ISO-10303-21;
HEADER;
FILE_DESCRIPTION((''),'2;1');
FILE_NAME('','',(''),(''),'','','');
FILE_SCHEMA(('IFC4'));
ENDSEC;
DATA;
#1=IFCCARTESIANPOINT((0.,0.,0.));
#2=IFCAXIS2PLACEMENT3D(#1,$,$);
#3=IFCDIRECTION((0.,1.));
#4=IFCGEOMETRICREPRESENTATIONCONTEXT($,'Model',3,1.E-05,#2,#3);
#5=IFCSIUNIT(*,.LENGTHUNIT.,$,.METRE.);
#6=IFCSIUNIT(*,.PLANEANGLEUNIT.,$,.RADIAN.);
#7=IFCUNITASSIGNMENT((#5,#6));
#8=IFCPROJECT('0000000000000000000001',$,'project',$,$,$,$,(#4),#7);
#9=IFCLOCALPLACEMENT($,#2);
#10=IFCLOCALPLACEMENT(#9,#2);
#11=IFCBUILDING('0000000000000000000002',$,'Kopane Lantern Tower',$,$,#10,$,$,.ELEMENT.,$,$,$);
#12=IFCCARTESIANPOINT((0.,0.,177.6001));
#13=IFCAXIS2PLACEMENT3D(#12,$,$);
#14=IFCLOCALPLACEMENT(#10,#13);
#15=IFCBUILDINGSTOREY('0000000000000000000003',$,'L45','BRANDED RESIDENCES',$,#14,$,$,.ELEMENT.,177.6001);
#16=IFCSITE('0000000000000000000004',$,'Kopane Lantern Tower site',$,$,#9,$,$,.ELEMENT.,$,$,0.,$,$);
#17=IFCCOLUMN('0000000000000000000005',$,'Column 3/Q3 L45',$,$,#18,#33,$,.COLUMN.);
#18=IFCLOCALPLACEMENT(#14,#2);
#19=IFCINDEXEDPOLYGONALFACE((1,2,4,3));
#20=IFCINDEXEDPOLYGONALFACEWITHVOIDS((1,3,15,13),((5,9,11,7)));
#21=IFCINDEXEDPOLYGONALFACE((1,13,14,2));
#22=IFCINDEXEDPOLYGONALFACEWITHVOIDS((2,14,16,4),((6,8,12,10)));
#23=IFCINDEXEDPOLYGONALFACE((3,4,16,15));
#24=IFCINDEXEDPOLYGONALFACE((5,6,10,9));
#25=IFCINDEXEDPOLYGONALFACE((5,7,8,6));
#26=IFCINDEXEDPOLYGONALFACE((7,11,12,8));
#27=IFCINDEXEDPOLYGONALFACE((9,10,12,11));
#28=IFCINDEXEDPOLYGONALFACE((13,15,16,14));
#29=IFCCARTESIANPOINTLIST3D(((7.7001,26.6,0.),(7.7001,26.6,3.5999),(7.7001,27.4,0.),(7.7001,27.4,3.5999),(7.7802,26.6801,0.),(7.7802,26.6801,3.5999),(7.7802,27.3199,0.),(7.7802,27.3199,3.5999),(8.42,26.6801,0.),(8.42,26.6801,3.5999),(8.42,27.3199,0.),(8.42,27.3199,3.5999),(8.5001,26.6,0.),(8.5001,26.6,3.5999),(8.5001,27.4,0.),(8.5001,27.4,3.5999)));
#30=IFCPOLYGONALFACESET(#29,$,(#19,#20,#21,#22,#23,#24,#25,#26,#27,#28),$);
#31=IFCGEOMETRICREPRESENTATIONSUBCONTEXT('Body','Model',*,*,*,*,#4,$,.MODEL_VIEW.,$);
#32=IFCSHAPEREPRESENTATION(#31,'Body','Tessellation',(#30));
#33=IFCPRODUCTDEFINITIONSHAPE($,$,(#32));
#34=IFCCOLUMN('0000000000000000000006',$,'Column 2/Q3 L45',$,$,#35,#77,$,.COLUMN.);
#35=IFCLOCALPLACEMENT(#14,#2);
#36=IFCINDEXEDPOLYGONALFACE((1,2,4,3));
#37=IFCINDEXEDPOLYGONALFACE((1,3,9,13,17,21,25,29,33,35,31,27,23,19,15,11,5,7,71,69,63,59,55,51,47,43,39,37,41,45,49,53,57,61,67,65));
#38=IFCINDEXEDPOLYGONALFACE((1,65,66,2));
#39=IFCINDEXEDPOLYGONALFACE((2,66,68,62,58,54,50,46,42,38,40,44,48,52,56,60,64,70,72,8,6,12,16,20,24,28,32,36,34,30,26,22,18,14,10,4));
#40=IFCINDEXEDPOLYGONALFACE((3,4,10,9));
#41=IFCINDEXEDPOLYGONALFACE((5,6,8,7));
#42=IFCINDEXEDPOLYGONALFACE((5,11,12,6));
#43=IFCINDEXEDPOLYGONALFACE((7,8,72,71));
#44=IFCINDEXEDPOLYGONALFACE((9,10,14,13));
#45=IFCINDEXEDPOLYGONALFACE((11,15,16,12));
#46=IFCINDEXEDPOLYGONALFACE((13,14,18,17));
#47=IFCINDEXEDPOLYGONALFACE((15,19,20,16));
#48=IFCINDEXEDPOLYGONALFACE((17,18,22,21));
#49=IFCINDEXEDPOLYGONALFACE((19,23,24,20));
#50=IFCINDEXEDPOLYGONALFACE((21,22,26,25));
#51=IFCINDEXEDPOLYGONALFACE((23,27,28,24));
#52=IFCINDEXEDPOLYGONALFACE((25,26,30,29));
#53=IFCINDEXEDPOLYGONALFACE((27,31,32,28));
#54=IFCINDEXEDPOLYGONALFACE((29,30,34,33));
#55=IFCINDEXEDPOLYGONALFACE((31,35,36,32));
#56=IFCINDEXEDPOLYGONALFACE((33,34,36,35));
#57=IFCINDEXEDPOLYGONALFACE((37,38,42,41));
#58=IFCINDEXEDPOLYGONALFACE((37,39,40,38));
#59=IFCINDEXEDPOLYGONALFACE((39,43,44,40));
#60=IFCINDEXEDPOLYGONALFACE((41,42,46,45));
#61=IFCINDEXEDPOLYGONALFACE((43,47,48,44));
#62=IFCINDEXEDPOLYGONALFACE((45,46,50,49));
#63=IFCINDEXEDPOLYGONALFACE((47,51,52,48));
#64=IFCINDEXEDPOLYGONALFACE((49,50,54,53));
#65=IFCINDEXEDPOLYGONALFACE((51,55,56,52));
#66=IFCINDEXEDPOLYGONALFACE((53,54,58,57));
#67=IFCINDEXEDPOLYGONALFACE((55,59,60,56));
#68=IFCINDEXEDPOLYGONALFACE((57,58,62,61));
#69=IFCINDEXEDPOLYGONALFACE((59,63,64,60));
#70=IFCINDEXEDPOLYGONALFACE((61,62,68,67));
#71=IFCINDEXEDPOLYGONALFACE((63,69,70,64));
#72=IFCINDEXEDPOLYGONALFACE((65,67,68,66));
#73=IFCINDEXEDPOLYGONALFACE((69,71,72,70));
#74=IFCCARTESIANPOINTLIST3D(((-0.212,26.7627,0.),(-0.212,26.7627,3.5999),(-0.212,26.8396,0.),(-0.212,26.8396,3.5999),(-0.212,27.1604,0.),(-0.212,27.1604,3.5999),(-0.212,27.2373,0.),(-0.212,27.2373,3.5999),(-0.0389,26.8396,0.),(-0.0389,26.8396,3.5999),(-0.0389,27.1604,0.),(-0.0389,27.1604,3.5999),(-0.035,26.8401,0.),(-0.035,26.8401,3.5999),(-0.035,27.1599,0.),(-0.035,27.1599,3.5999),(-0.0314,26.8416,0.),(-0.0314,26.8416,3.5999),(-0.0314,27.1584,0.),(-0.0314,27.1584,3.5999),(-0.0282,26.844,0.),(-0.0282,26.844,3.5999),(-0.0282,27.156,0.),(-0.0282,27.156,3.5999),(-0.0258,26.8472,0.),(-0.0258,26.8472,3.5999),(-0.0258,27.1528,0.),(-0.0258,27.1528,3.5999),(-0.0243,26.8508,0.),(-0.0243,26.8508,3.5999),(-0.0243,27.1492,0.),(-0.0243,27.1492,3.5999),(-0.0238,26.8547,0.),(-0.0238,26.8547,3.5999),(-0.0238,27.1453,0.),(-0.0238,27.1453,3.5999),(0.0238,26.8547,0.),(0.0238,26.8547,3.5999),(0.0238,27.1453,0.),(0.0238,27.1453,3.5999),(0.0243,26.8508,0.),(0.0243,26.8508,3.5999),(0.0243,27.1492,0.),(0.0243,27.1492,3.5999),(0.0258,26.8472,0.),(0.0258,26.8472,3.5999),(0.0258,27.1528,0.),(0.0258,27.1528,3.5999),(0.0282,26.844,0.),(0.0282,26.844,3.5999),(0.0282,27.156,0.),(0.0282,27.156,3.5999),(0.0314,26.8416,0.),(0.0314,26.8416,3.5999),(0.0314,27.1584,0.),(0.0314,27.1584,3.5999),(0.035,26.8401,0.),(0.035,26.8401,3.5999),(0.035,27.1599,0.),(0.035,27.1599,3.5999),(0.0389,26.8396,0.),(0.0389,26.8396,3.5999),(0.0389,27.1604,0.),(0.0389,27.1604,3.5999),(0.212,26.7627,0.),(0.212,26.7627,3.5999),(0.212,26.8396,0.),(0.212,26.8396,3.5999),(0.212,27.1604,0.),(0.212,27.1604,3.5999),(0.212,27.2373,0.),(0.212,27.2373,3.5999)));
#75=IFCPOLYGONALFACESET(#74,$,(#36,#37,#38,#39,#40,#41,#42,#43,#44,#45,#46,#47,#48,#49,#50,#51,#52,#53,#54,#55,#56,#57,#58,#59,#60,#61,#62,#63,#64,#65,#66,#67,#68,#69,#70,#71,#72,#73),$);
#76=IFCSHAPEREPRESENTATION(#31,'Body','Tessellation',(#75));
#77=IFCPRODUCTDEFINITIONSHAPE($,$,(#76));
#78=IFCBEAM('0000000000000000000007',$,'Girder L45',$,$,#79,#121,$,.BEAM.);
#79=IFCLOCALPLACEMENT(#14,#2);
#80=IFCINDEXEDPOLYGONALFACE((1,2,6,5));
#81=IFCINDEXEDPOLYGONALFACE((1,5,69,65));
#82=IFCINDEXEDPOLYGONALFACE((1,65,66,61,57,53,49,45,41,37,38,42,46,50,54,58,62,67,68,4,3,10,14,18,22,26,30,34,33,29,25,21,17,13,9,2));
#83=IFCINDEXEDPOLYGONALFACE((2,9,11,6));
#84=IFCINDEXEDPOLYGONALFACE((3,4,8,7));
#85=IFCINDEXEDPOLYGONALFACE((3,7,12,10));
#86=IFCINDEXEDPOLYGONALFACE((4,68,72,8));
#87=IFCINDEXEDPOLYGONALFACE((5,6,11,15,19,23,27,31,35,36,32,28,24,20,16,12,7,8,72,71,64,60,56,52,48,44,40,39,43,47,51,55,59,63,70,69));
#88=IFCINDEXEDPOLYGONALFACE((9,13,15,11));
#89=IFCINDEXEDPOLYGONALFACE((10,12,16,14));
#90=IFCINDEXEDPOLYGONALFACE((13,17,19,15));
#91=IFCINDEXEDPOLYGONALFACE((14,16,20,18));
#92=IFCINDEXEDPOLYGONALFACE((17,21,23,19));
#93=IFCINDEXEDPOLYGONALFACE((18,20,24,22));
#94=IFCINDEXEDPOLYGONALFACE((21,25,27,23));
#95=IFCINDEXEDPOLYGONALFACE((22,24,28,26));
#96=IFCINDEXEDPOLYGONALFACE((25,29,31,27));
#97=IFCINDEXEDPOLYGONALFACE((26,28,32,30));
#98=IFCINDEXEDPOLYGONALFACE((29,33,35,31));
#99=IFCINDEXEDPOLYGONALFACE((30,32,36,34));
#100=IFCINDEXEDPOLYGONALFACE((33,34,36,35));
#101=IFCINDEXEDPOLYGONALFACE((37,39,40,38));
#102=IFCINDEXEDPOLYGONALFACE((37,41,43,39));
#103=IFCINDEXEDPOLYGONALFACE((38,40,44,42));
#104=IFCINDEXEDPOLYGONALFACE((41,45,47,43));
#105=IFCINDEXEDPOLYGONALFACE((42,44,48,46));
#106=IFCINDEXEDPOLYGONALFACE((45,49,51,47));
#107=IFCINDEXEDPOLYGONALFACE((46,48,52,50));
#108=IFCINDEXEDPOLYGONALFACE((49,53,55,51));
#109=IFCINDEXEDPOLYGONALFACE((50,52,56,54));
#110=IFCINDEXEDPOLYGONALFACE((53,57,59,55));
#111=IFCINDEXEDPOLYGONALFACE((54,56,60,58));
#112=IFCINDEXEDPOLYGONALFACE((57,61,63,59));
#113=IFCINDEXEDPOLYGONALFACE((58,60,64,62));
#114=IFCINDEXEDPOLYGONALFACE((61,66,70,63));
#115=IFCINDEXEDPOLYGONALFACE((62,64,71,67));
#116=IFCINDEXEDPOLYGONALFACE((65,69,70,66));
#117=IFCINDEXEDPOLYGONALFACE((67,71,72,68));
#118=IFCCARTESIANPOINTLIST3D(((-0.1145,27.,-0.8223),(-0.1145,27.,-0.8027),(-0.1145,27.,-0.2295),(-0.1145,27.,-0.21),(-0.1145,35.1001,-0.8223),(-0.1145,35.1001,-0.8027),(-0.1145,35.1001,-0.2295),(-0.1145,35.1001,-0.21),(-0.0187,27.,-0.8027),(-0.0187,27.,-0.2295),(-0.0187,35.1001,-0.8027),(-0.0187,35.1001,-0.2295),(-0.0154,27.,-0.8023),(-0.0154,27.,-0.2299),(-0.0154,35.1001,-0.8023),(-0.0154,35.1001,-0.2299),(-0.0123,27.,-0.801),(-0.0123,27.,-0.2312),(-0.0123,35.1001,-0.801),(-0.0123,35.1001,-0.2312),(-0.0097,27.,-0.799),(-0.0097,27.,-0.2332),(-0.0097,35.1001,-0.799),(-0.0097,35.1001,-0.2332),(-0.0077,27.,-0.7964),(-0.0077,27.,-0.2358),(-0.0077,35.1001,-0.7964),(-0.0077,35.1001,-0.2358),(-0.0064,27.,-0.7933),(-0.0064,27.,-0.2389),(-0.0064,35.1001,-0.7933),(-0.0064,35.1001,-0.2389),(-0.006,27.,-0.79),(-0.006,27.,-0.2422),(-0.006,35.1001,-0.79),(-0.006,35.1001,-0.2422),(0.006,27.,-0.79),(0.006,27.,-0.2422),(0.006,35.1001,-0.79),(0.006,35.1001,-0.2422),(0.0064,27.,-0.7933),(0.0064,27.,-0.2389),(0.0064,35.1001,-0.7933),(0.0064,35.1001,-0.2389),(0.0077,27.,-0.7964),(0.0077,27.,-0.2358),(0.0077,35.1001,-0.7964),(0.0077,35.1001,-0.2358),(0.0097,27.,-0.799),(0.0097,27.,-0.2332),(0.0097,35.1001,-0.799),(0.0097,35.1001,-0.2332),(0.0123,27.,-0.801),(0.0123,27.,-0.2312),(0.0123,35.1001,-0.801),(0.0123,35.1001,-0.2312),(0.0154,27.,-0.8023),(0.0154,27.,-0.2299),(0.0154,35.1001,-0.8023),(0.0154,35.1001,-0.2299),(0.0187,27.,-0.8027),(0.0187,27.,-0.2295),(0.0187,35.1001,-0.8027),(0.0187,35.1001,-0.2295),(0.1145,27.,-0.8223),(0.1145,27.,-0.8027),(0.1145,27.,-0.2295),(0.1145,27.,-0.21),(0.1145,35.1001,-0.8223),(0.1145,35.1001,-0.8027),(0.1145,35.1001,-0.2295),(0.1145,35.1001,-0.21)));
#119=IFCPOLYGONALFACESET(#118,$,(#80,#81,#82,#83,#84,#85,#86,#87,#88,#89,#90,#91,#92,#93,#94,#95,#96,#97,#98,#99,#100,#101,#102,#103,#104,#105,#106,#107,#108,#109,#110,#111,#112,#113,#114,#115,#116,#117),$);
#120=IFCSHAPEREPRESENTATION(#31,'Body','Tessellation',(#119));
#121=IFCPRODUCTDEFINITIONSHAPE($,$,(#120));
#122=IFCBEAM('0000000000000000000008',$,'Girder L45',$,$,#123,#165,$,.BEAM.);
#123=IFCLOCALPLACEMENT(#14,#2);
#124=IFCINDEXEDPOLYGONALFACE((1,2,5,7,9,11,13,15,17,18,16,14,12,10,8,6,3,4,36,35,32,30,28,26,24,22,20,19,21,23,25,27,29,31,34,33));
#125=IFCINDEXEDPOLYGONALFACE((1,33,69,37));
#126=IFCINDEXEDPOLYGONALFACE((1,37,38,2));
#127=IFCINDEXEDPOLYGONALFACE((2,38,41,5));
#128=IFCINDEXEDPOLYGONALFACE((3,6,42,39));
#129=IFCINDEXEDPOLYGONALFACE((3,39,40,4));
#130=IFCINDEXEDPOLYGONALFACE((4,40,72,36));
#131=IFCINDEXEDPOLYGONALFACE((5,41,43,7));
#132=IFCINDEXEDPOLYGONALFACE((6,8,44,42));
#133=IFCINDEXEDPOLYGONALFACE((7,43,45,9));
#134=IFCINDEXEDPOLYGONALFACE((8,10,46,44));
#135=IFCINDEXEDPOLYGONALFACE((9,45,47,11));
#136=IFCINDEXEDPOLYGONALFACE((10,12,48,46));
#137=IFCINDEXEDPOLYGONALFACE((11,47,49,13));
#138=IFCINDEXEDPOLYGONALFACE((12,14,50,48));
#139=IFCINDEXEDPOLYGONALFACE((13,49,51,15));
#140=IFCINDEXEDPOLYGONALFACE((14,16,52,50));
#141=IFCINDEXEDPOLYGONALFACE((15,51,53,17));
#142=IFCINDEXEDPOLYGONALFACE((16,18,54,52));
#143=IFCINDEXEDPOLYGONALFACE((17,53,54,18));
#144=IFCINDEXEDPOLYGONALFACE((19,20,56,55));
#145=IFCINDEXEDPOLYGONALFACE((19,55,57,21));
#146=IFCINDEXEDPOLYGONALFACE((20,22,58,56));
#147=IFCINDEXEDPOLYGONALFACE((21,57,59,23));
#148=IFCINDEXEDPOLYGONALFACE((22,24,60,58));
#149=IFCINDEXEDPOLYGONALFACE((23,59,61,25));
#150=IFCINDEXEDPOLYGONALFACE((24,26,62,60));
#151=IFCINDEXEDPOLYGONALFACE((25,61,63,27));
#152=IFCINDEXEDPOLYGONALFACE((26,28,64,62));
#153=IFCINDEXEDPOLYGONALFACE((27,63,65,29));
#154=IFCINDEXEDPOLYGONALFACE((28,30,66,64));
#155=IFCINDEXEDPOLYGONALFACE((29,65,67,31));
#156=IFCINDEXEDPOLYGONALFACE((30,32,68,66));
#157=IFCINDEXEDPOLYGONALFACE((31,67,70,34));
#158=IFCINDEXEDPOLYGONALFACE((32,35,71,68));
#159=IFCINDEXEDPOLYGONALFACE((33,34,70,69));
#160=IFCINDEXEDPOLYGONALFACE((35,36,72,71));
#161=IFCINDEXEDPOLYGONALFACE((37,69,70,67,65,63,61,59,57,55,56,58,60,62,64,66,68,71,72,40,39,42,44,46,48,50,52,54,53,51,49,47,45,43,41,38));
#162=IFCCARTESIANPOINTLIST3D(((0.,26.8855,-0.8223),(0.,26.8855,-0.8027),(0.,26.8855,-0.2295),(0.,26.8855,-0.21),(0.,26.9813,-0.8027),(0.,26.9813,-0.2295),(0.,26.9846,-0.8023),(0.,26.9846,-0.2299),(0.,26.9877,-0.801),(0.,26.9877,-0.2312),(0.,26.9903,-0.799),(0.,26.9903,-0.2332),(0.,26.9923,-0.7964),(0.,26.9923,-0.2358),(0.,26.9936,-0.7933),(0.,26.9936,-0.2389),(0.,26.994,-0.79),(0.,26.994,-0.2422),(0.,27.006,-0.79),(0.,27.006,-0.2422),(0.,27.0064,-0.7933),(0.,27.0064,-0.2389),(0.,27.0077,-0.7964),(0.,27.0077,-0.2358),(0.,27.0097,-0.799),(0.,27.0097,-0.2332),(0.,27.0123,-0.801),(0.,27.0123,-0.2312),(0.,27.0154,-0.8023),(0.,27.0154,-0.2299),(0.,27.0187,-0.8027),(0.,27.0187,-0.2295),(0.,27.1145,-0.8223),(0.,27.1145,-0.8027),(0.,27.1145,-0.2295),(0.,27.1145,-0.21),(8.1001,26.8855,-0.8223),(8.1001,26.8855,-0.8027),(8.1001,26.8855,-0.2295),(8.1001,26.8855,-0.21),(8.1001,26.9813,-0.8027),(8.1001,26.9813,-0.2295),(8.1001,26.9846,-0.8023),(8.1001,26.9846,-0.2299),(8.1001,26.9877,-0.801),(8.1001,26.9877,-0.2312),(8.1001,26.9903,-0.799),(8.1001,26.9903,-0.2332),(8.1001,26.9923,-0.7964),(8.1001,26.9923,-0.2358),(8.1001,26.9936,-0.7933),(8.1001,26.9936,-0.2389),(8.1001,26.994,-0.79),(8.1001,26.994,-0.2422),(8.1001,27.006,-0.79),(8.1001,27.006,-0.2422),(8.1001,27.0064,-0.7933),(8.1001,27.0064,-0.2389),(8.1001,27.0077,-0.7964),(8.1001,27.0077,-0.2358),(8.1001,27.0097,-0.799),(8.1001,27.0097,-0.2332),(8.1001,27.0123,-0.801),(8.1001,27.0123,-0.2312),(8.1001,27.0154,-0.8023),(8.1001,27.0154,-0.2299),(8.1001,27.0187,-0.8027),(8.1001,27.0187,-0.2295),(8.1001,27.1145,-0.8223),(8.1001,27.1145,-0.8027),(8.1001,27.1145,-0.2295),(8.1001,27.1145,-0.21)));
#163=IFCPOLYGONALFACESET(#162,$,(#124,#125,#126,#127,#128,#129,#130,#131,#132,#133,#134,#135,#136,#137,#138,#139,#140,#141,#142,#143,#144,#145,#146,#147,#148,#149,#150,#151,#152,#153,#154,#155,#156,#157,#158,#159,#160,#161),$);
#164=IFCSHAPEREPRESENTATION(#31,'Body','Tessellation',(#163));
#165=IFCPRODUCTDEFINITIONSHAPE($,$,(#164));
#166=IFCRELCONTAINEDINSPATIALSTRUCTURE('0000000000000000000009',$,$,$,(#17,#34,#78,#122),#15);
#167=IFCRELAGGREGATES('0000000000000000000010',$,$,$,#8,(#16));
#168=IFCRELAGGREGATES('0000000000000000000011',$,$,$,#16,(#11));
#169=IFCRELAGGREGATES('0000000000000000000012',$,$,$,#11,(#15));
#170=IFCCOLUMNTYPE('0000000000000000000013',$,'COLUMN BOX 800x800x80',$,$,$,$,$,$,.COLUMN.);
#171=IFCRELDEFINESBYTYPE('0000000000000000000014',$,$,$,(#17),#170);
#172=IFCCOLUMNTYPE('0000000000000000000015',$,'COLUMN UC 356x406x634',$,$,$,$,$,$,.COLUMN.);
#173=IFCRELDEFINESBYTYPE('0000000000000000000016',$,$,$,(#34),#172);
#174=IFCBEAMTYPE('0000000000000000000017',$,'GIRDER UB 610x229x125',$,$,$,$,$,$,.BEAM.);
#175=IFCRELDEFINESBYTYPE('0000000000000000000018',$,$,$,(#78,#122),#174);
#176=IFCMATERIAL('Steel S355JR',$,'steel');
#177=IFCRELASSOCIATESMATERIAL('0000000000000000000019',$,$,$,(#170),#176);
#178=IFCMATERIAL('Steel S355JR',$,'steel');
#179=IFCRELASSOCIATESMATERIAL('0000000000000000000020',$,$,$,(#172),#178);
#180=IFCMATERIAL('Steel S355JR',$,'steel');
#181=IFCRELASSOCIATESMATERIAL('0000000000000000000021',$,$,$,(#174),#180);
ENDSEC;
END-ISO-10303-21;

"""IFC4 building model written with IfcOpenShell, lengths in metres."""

from ifc_helpers import new_model, si_unit, direction, frame, origin, origin_2d, place, context, subcontext, project, spatial, hollow_rectangle, i_section, extrude, material, material_profile, profile_set, type_object, element, save


model = new_model("IFC4")

# Units and contexts
model_context = context("Model", 3, precision=1e-05, world=origin(), true_north=direction((0.0, 1.0)))
body_context = subcontext(model_context, "Body", "Model", "MODEL_VIEW")
ifc_project = project(units=[si_unit("LENGTHUNIT", "METRE"), si_unit("PLANEANGLEUNIT", "RADIAN")], contexts=[model_context])

# Site, building, storey
site_placement = place(None, origin())
site = spatial("IfcSite", under=ifc_project, at=site_placement, Name="Kopane Lantern Tower site", CompositionType="ELEMENT", RefElevation=0.0)
building_placement = place(site_placement, origin())
building = spatial("IfcBuilding", under=site, at=building_placement, Name="Kopane Lantern Tower", CompositionType="ELEMENT")
storey_placement = place(building_placement, frame((0.0, 0.0, 177.6001)))
storey = spatial("IfcBuildingStorey", under=building, at=storey_placement, Name="L45", Description="BRANDED RESIDENCES", CompositionType="ELEMENT", Elevation=177.6001)

# Columns
ifc_material_1 = material(Name="Steel S355JR", Category="steel")
ifc_material_profile_1 = material_profile(ifc_material_1, hollow_rectangle(XDim=0.8, YDim=0.8, WallThickness=0.0801, at=origin_2d()), Name="BOX 800x800x80")
ifc_profile_set_1 = profile_set([ifc_material_profile_1], Name="Steel S355JR")
column_type_1 = type_object("IfcColumnType", Name="COLUMN BOX 800x800x80", PredefinedType="COLUMN", material=ifc_profile_set_1)
column_1_placement = place(storey_placement, frame((8.1001, 27.0, 0.0), z_axis=(0.0, 0.0, 1.0), x_axis=(1.0, 0.0, 0.0)))
element("IfcColumn", 1, at=column_1_placement, inside=storey, type_object=column_type_1, Name="Column 3/Q3 L45", PredefinedType="COLUMN", context=body_context, shape_type="SweptSolid", body=[
    extrude(hollow_rectangle(XDim=0.8, YDim=0.8, WallThickness=0.0801, at=origin_2d()), origin(), (0.0, 0.0, 1.0), 3.5999),
])
ifc_material_2 = material(Name="Steel S355JR", Category="steel")
ifc_material_profile_2 = material_profile(ifc_material_2, i_section(OverallWidth=0.4241, OverallDepth=0.4746, WebThickness=0.0476, FlangeThickness=0.0769, FilletRadius=0.0151, at=origin_2d()), Name="UC 356x406x634")
ifc_profile_set_2 = profile_set([ifc_material_profile_2], Name="Steel S355JR")
column_type_2 = type_object("IfcColumnType", Name="COLUMN UC 356x406x634", PredefinedType="COLUMN", material=ifc_profile_set_2)
column_2_placement = place(storey_placement, frame((0.0, 27.0, 0.0), z_axis=(0.0, 0.0, 1.0), x_axis=(1.0, 0.0, 0.0)))
element("IfcColumn", 2, at=column_2_placement, inside=storey, type_object=column_type_2, Name="Column 2/Q3 L45", PredefinedType="COLUMN", context=body_context, shape_type="SweptSolid", body=[
    extrude(i_section(OverallWidth=0.4241, OverallDepth=0.4746, WebThickness=0.0476, FlangeThickness=0.0769, FilletRadius=0.0151, at=origin_2d()), origin(), (0.0, 0.0, 1.0), 3.5999),
])

# Beams
ifc_material_3 = material(Name="Steel S355JR", Category="steel")
ifc_material_profile_3 = material_profile(ifc_material_3, i_section(OverallWidth=0.229, OverallDepth=0.6123, WebThickness=0.012, FlangeThickness=0.0195, FilletRadius=0.0127, at=origin_2d()), Name="UB 610x229x125")
ifc_profile_set_3 = profile_set([ifc_material_profile_3], Name="Steel S355JR")
beam_type = type_object("IfcBeamType", Name="GIRDER UB 610x229x125", PredefinedType="BEAM", material=ifc_profile_set_3)
for number, where, z_axis, x_axis, name in (
    (3, (0.0, 27.0, -0.5161), (0.0, 1.0, 0.0), (-1.0, 0.0, 0.0), "Girder L45"),
    (4, (0.0, 27.0, -0.5161), (1.0, 0.0, 0.0), (0.0, 1.0, 0.0), "Girder L45"),
):
    element("IfcBeam", number, at=place(storey_placement, frame(where, z_axis=z_axis, x_axis=x_axis)), inside=storey, type_object=beam_type, Name=name, PredefinedType="BEAM", context=body_context, shape_type="SweptSolid", body=[
        extrude(i_section(OverallWidth=0.229, OverallDepth=0.6123, WebThickness=0.012, FlangeThickness=0.0195, FilletRadius=0.0127, at=origin_2d()), origin(), (0.0, 0.0, 1.0), 8.1001),
    ])

save(model, "model.ifc")
